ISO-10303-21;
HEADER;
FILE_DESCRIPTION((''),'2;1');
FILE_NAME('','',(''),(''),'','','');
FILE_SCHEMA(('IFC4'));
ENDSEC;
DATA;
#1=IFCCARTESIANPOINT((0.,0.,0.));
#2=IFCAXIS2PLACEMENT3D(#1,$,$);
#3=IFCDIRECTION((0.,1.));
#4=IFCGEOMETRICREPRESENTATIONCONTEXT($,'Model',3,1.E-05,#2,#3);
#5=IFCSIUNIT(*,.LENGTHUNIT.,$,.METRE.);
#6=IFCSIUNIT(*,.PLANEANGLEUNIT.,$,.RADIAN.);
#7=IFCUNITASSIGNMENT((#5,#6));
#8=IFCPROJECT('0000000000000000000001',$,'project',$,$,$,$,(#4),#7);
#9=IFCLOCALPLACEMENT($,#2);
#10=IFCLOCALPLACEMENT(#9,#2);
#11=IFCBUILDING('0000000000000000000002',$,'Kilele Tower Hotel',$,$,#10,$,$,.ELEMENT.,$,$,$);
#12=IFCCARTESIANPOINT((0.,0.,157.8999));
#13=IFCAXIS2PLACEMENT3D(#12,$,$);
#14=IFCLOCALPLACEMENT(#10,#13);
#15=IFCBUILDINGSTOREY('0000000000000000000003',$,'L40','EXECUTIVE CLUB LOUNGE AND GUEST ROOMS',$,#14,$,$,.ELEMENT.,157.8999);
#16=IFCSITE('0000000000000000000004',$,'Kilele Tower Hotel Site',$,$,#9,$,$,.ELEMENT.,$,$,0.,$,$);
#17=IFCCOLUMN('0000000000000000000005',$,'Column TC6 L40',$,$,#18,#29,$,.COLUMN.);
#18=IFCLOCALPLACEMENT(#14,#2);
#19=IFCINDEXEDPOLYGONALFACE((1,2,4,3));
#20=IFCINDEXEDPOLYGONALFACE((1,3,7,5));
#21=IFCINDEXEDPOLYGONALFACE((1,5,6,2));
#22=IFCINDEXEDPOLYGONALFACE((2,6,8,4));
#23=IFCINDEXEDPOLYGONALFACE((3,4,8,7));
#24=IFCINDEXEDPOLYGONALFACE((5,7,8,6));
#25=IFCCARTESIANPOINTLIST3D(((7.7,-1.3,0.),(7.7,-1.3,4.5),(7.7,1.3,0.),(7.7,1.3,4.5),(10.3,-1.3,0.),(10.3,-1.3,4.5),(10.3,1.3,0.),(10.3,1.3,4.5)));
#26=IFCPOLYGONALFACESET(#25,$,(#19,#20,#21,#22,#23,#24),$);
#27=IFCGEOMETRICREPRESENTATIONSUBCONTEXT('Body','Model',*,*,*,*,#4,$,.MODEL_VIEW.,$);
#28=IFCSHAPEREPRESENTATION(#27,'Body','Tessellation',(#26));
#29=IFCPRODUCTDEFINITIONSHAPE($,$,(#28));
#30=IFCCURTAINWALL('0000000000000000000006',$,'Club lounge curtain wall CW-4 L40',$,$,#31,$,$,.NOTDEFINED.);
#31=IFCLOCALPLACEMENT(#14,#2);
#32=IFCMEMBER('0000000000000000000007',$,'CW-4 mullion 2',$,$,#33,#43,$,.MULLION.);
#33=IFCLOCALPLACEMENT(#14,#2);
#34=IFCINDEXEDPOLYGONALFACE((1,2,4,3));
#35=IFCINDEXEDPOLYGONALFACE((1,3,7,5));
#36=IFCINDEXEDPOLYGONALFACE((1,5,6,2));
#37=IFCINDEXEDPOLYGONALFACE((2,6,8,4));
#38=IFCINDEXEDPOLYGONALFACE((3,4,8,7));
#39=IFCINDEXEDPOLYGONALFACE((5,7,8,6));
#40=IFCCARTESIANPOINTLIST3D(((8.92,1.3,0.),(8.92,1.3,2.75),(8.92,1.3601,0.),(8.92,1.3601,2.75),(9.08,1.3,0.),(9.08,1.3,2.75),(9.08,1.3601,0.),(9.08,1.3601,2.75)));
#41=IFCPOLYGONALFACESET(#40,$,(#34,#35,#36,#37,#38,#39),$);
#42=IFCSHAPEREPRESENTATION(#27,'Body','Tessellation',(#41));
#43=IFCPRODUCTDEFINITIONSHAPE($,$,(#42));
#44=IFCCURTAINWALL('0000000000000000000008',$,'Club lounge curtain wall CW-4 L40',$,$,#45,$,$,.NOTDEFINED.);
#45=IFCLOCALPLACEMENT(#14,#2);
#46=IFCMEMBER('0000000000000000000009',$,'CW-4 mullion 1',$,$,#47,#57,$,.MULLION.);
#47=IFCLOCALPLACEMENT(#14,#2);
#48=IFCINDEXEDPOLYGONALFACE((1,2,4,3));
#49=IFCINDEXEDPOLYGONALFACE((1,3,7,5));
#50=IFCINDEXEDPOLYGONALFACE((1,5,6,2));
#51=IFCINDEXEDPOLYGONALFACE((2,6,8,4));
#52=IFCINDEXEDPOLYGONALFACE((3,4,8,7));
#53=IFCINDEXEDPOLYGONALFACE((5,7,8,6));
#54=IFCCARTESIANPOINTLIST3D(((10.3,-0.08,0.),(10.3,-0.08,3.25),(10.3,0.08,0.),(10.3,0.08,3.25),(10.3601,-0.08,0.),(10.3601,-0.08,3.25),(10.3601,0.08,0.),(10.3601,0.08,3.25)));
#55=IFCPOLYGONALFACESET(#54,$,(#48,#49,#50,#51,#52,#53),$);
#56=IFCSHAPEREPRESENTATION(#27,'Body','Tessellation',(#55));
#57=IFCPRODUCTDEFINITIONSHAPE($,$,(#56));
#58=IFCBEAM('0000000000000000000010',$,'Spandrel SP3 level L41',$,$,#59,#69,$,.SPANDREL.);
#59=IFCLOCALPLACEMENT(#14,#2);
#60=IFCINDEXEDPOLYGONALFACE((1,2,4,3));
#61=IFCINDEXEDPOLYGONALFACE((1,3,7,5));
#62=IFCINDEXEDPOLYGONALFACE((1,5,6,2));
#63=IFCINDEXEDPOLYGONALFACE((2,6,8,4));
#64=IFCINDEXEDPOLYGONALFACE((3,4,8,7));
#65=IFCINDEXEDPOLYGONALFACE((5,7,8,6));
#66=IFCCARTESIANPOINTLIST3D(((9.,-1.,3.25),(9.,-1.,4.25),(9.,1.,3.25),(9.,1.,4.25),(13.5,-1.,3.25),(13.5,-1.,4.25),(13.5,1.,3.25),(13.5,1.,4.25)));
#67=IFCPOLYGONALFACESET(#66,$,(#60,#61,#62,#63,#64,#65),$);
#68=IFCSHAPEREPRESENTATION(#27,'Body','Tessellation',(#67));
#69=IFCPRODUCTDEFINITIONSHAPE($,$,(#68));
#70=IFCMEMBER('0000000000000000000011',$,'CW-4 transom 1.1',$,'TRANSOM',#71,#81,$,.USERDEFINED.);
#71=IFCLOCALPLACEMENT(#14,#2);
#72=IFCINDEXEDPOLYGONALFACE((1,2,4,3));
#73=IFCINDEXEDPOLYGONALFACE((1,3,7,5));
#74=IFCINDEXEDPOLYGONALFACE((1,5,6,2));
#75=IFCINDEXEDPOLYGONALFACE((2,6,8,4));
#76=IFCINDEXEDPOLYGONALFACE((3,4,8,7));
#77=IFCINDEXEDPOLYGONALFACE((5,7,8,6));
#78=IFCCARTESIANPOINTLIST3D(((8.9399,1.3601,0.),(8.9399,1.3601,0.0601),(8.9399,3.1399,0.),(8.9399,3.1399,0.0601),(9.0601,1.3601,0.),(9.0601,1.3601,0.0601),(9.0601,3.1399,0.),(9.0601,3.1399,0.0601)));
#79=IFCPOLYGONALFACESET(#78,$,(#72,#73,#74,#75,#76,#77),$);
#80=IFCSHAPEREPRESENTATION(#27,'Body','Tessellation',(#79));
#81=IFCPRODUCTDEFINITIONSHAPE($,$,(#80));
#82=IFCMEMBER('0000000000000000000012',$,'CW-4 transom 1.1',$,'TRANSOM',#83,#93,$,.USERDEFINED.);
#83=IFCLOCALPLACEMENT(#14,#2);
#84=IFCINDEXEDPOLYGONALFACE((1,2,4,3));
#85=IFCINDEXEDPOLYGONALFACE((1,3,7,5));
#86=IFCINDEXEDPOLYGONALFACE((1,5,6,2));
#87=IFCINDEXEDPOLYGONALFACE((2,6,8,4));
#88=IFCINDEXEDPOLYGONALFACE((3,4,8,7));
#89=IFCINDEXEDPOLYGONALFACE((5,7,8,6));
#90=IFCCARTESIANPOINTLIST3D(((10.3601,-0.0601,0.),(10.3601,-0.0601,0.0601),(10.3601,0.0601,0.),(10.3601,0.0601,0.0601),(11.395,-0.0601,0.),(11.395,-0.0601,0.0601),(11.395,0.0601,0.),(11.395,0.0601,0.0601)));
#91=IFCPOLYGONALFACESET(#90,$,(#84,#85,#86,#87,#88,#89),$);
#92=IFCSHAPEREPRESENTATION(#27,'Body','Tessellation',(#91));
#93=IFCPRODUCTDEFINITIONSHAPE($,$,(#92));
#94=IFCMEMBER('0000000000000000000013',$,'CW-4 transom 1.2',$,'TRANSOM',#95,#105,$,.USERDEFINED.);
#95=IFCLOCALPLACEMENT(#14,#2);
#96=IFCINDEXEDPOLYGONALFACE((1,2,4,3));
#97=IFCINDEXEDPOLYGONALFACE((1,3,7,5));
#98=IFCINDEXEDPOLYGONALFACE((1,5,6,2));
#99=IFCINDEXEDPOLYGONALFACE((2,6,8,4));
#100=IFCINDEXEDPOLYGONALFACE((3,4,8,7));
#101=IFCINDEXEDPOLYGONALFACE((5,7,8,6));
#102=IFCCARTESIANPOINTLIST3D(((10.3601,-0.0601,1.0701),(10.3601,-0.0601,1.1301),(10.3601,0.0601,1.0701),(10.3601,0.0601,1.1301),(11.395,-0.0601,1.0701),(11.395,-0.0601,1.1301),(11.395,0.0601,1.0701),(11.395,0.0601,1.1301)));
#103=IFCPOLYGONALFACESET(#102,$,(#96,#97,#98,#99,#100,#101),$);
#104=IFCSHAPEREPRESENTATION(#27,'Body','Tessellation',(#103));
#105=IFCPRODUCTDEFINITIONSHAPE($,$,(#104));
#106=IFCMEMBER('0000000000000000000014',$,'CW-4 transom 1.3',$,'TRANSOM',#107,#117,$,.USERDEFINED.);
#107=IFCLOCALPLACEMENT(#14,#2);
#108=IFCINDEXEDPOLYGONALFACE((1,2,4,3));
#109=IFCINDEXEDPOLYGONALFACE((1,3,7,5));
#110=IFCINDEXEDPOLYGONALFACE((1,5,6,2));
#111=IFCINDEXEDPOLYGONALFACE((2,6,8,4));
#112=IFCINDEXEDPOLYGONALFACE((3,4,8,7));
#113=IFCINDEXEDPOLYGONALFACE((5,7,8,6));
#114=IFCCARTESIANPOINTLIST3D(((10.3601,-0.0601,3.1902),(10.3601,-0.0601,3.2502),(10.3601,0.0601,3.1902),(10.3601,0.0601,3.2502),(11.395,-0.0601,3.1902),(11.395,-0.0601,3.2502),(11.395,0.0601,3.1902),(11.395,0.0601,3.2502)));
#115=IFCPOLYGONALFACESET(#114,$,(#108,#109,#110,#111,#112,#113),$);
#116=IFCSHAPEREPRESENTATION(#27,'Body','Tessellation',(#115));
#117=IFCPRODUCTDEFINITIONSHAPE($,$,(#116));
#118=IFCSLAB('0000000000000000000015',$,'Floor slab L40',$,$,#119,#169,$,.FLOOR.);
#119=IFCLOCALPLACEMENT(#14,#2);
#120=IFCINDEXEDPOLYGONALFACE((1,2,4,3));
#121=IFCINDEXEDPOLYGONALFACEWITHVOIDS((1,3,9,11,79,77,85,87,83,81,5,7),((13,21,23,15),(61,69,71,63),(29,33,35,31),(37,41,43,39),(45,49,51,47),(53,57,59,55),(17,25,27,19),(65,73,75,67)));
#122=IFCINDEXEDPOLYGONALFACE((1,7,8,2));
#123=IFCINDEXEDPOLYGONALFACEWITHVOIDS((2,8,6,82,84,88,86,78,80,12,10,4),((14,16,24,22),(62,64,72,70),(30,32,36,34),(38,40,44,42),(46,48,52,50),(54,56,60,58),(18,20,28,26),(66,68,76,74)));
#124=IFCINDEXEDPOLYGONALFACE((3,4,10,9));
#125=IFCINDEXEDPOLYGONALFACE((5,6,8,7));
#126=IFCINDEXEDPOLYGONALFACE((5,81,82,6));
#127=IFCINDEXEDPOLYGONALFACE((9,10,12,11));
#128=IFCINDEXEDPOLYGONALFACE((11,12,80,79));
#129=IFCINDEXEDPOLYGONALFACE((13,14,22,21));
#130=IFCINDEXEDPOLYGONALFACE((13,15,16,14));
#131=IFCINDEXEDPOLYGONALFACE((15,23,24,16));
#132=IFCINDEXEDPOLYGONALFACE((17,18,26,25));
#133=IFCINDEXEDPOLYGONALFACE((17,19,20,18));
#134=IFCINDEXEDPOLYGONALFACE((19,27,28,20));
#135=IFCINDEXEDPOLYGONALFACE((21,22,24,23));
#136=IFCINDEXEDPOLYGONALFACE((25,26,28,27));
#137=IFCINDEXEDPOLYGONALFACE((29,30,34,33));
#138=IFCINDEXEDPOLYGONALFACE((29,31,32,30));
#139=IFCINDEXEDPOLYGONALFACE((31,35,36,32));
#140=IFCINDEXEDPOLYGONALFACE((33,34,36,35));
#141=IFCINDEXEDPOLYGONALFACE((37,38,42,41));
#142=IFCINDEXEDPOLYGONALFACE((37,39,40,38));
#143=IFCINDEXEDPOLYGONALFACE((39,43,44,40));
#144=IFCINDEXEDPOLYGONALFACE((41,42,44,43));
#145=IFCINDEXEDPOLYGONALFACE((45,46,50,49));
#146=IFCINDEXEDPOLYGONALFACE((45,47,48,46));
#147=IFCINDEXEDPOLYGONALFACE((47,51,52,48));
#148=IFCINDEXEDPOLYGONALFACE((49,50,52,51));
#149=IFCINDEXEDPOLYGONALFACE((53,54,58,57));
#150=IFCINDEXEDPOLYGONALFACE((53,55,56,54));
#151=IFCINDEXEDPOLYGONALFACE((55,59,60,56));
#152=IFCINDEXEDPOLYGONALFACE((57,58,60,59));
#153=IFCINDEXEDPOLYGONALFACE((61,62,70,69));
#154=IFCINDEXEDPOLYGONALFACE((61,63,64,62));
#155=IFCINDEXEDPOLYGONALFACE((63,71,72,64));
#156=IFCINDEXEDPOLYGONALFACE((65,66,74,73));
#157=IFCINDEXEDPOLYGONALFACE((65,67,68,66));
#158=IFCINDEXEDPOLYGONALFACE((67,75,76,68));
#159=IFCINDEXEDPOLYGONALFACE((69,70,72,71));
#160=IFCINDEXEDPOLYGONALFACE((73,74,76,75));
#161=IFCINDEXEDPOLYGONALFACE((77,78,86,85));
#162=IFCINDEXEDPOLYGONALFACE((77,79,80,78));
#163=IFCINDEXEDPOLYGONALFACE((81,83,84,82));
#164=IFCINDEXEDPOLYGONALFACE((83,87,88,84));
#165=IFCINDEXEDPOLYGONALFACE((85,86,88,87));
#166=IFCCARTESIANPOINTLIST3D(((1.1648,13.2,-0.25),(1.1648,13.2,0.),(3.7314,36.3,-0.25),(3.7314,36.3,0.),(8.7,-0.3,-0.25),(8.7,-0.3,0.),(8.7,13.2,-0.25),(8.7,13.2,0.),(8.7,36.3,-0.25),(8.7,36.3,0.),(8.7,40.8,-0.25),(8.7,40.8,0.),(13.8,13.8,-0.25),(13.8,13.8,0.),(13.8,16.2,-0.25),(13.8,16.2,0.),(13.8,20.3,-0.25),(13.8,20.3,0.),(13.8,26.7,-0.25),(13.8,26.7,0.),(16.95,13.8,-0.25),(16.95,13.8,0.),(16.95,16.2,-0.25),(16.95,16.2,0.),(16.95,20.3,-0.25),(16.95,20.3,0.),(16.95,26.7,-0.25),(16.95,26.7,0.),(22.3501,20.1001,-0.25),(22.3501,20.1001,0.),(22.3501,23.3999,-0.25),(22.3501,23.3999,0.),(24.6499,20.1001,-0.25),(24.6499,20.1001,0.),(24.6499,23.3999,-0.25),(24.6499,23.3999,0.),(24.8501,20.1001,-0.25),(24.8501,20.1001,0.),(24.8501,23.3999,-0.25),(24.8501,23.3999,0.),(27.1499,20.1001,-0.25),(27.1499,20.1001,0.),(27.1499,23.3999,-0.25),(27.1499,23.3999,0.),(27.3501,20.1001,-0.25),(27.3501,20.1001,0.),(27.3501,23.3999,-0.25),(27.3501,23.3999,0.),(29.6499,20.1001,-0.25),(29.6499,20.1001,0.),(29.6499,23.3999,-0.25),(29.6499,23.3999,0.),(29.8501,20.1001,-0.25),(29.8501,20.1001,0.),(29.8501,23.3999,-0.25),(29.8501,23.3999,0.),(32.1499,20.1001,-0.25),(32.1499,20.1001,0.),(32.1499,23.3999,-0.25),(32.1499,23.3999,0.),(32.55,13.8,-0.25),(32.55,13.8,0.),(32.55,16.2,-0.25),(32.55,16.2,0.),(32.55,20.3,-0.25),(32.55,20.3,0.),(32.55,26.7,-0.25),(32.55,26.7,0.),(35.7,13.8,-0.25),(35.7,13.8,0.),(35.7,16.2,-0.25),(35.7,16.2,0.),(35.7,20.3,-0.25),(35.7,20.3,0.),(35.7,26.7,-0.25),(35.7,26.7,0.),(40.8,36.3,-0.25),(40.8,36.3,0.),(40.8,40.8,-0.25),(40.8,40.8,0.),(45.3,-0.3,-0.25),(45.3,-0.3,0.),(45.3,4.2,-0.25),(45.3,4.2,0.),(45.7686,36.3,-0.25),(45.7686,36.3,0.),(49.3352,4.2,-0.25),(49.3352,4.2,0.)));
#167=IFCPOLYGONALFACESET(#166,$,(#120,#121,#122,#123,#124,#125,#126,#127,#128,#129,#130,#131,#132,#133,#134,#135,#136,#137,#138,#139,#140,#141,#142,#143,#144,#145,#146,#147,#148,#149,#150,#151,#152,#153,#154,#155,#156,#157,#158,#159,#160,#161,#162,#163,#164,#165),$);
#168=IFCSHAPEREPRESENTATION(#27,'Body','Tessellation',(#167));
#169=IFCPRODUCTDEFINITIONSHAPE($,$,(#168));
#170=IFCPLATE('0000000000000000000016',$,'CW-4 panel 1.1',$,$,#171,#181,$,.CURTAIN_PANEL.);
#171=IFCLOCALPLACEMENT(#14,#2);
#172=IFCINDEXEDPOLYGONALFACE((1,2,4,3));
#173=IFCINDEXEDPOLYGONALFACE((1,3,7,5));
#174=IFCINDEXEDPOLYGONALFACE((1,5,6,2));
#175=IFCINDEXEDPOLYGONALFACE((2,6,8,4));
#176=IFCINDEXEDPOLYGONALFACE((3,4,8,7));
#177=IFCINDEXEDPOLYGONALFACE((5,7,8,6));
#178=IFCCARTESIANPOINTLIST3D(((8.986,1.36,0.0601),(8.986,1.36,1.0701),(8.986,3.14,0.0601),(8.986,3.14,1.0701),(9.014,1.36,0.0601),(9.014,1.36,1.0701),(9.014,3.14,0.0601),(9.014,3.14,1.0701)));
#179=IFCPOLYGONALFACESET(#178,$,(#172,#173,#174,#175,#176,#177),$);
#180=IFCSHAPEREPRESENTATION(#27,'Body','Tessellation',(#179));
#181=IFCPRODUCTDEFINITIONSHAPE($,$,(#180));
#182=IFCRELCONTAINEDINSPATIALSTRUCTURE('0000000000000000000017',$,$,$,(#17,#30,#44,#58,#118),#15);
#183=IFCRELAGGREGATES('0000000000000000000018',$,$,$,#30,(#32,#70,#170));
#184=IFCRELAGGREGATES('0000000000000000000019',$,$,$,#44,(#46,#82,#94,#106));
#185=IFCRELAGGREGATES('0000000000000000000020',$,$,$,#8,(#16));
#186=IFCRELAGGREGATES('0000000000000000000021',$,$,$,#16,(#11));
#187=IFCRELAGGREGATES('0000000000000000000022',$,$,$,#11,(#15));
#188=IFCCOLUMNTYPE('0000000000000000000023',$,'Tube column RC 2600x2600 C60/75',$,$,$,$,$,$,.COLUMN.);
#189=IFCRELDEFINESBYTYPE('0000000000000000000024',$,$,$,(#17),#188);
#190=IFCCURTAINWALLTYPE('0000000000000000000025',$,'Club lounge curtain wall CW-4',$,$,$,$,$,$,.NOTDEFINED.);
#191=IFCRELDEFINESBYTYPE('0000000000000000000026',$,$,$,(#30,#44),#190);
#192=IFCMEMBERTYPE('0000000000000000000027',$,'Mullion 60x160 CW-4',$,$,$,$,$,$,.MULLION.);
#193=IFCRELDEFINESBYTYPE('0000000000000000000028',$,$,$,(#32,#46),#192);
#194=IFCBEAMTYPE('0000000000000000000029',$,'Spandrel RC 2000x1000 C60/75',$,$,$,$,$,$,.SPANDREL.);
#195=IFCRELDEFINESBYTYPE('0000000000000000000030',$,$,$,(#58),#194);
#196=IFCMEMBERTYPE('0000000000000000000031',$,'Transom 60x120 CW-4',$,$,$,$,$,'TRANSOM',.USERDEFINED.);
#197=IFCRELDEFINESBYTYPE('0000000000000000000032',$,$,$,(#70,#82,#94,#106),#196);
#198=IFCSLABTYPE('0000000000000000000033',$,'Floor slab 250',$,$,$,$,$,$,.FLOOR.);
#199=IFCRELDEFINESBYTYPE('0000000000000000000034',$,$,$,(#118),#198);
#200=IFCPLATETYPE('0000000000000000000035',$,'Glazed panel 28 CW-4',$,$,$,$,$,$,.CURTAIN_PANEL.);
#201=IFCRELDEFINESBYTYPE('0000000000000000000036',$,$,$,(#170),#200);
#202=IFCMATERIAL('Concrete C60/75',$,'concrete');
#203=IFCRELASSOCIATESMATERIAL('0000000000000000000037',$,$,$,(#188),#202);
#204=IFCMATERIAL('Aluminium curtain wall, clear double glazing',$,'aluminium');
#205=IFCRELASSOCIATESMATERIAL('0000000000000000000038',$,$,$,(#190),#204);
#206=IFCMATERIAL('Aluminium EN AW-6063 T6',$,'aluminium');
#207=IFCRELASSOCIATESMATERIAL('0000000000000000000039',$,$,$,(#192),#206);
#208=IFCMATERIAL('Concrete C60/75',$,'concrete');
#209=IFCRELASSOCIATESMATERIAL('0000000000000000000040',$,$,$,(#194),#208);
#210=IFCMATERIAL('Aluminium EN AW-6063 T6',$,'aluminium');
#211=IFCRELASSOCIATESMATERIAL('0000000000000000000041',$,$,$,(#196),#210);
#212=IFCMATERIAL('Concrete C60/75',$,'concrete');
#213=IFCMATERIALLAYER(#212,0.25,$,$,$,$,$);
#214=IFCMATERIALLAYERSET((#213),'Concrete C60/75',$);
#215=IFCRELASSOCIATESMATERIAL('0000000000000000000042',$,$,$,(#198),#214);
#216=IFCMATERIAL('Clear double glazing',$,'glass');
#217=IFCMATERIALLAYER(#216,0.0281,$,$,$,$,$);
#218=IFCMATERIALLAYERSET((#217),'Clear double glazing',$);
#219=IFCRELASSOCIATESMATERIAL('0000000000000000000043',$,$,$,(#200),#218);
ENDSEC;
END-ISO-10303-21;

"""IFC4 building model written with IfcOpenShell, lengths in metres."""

from ifc_helpers import new_model, si_unit, direction, frame, origin, origin_2d, place, context, subcontext, project, spatial, polyline, rectangle, outline, extrude, material, layer, layer_set, material_profile, profile_set, type_object, element, aggregate, save


model = new_model("IFC4")

# Units and contexts
model_context = context("Model", 3, precision=1e-05, world=origin(), true_north=direction((0.0, 1.0)))
body_context = subcontext(model_context, "Body", "Model", "MODEL_VIEW")
ifc_project = project(units=[si_unit("LENGTHUNIT", "METRE"), si_unit("PLANEANGLEUNIT", "RADIAN")], contexts=[model_context])

# Site, building, storey
site_placement = place(None, origin())
site = spatial("IfcSite", under=ifc_project, at=site_placement, Name="Kilele Tower Hotel Site", CompositionType="ELEMENT", RefElevation=0.0)
building_placement = place(site_placement, origin())
building = spatial("IfcBuilding", under=site, at=building_placement, Name="Kilele Tower Hotel", CompositionType="ELEMENT")
storey_placement = place(building_placement, frame((0.0, 0.0, 157.8999)))
storey = spatial("IfcBuildingStorey", under=building, at=storey_placement, Name="L40", Description="EXECUTIVE CLUB LOUNGE AND GUEST ROOMS", CompositionType="ELEMENT", Elevation=157.8999)

# Column
ifc_material_1 = material(Name="Concrete C60/75", Category="concrete")
ifc_material_profile_1 = material_profile(ifc_material_1, rectangle(XDim=2.6001, YDim=2.6001, at=origin_2d()))
ifc_profile_set_1 = profile_set([ifc_material_profile_1], Name="Concrete C60/75")
column_type = type_object("IfcColumnType", Name="Tube column RC 2600x2600 C60/75", PredefinedType="COLUMN", material=ifc_profile_set_1)
column_placement = place(storey_placement, frame((9.0, 0.0, 0.0), z_axis=(0.0, 0.0, 1.0), x_axis=(1.0, 0.0, 0.0)))
element("IfcColumn", 1, at=column_placement, inside=storey, type_object=column_type, Name="Column TC6 L40", PredefinedType="COLUMN", context=body_context, shape_type="SweptSolid", body=[
    extrude(rectangle(XDim=2.6001, YDim=2.6001, at=origin_2d()), origin(), (0.0, 0.0, 1.0), 4.5),
])

# Curtain walls, members
ifc_material_2 = material(Name="Aluminium curtain wall, clear double glazing", Category="aluminium")
curtain_wall_type = type_object("IfcCurtainWallType", Name="Club lounge curtain wall CW-4", PredefinedType="NOTDEFINED", material=ifc_material_2)
curtain_wall_1_placement = place(storey_placement, origin())
curtain_wall_1 = element("IfcCurtainWall", 2, at=curtain_wall_1_placement, inside=storey, type_object=curtain_wall_type, Name="Club lounge curtain wall CW-4 L40", PredefinedType="NOTDEFINED")
ifc_material_3 = material(Name="Aluminium EN AW-6063 T6", Category="aluminium")
ifc_material_profile_2 = material_profile(ifc_material_3, rectangle(XDim=0.1599, YDim=0.0601, at=origin_2d()))
ifc_profile_set_2 = profile_set([ifc_material_profile_2], Name="Aluminium EN AW-6063 T6")
member_type_1 = type_object("IfcMemberType", Name="Mullion 60x160 CW-4", PredefinedType="MULLION", material=ifc_profile_set_2)
member_1_placement = place(storey_placement, frame((9.0, 1.3301, 0.0), z_axis=(0.0, 0.0, 1.0), x_axis=(1.0, 0.0, 0.0)))
member_1 = element("IfcMember", 3, at=member_1_placement, type_object=member_type_1, Name="CW-4 mullion 2", PredefinedType="MULLION", context=body_context, shape_type="SweptSolid", body=[
    extrude(rectangle(XDim=0.1599, YDim=0.0601, at=origin_2d()), origin(), (0.0, 0.0, 1.0), 2.75),
])
curtain_wall_2_placement = place(storey_placement, origin())
curtain_wall_2 = element("IfcCurtainWall", 4, at=curtain_wall_2_placement, inside=storey, type_object=curtain_wall_type, Name="Club lounge curtain wall CW-4 L40", PredefinedType="NOTDEFINED")
member_2_placement = place(storey_placement, frame((10.3301, 0.0, 0.0), z_axis=(0.0, 0.0, 1.0), x_axis=(0.0, 1.0, 0.0)))
member_2 = element("IfcMember", 5, at=member_2_placement, type_object=member_type_1, Name="CW-4 mullion 1", PredefinedType="MULLION", context=body_context, shape_type="SweptSolid", body=[
    extrude(rectangle(XDim=0.1599, YDim=0.0601, at=origin_2d()), origin(), (0.0, 0.0, 1.0), 3.25),
])

# Beam
ifc_material_4 = material(Name="Concrete C60/75", Category="concrete")
ifc_material_profile_3 = material_profile(ifc_material_4, rectangle(XDim=2.0, YDim=1.0, at=origin_2d()))
ifc_profile_set_3 = profile_set([ifc_material_profile_3], Name="Concrete C60/75")
beam_type = type_object("IfcBeamType", Name="Spandrel RC 2000x1000 C60/75", PredefinedType="SPANDREL", material=ifc_profile_set_3)
beam_placement = place(storey_placement, frame((9.0, 0.0, 3.75), z_axis=(1.0, 0.0, 0.0), x_axis=(0.0, 1.0, 0.0)))
element("IfcBeam", 6, at=beam_placement, inside=storey, type_object=beam_type, Name="Spandrel SP3 level L41", PredefinedType="SPANDREL", context=body_context, shape_type="SweptSolid", body=[
    extrude(rectangle(XDim=2.0, YDim=1.0, at=origin_2d()), origin(), (0.0, 0.0, 1.0), 4.5),
])

# Members
ifc_material_5 = material(Name="Aluminium EN AW-6063 T6", Category="aluminium")
ifc_material_profile_4 = material_profile(ifc_material_5, rectangle(XDim=0.1201, YDim=0.0601, at=origin_2d()))
ifc_profile_set_4 = profile_set([ifc_material_profile_4], Name="Aluminium EN AW-6063 T6")
member_type_2 = type_object("IfcMemberType", Name="Transom 60x120 CW-4", ElementType="TRANSOM", PredefinedType="USERDEFINED", material=ifc_profile_set_4)
member_3_placement = place(storey_placement, frame((9.0, 3.1399, 0.03), z_axis=(0.0, -1.0, 0.0), x_axis=(1.0, 0.0, 0.0)))
member_3 = element("IfcMember", 7, at=member_3_placement, type_object=member_type_2, Name="CW-4 transom 1.1", ObjectType="TRANSOM", PredefinedType="USERDEFINED", context=body_context, shape_type="SweptSolid", body=[
    extrude(rectangle(XDim=0.1201, YDim=0.0601, at=origin_2d()), origin(), (0.0, 0.0, 1.0), 1.7798),
])
member_4_placement = place(storey_placement, frame((10.3601, 0.0, 0.03), z_axis=(1.0, 0.0, 0.0), x_axis=(0.0, 1.0, 0.0)))
member_4 = element("IfcMember", 8, at=member_4_placement, type_object=member_type_2, Name="CW-4 transom 1.1", ObjectType="TRANSOM", PredefinedType="USERDEFINED", context=body_context, shape_type="SweptSolid", body=[
    extrude(rectangle(XDim=0.1201, YDim=0.0601, at=origin_2d()), origin(), (0.0, 0.0, 1.0), 1.0349),
])
member_5_placement = place(storey_placement, frame((10.3601, 0.0, 1.1001), z_axis=(1.0, 0.0, 0.0), x_axis=(0.0, 1.0, 0.0)))
member_5 = element("IfcMember", 9, at=member_5_placement, type_object=member_type_2, Name="CW-4 transom 1.2", ObjectType="TRANSOM", PredefinedType="USERDEFINED", context=body_context, shape_type="SweptSolid", body=[
    extrude(rectangle(XDim=0.1201, YDim=0.0601, at=origin_2d()), origin(), (0.0, 0.0, 1.0), 1.0349),
])
member_6_placement = place(storey_placement, frame((10.3601, 0.0, 3.2202), z_axis=(1.0, 0.0, 0.0), x_axis=(0.0, 1.0, 0.0)))
member_6 = element("IfcMember", 10, at=member_6_placement, type_object=member_type_2, Name="CW-4 transom 1.3", ObjectType="TRANSOM", PredefinedType="USERDEFINED", context=body_context, shape_type="SweptSolid", body=[
    extrude(rectangle(XDim=0.1201, YDim=0.0601, at=origin_2d()), origin(), (0.0, 0.0, 1.0), 1.0349),
])

# Slab
ifc_material_6 = material(Name="Concrete C60/75", Category="concrete")
ifc_layer_1 = layer(ifc_material_6, 0.25)
ifc_layer_set_1 = layer_set([ifc_layer_1], Name="Concrete C60/75")
slab_type_1 = type_object("IfcSlabType", Name="Floor slab 250", PredefinedType="FLOOR", material=ifc_layer_set_1)
slab_1_placement = place(storey_placement, frame((0.0, 0.0, -0.25)))
element("IfcSlab", 11, at=slab_1_placement, inside=storey, type_object=slab_type_1, Name="Floor slab L40", PredefinedType="FLOOR", context=body_context, shape_type="SweptSolid", body=[
    extrude(outline(polyline([(8.7, 36.3), (8.7, 40.8), (40.8, 40.8), (40.8, 36.3), (45.7686, 36.3), (49.3352, 4.2), (45.3, 4.2), (45.3, -0.3), (8.7, -0.3), (8.7, 13.2), (1.1648, 13.2), (3.7314, 36.3), (8.7, 36.3)]), holes=[polyline([(16.95, 16.2), (13.8, 16.2), (13.8, 13.8), (16.95, 13.8), (16.95, 16.2)]), polyline([(35.7, 16.2), (32.55, 16.2), (32.55, 13.8), (35.7, 13.8), (35.7, 16.2)]), polyline([(24.6499, 23.3999), (22.3501, 23.3999), (22.3501, 20.1001), (24.6499, 20.1001), (24.6499, 23.3999)]), polyline([(27.1499, 23.3999), (24.8501, 23.3999), (24.8501, 20.1001), (27.1499, 20.1001), (27.1499, 23.3999)]), polyline([(29.6499, 23.3999), (27.3501, 23.3999), (27.3501, 20.1001), (29.6499, 20.1001), (29.6499, 23.3999)]), polyline([(32.1499, 23.3999), (29.8501, 23.3999), (29.8501, 20.1001), (32.1499, 20.1001), (32.1499, 23.3999)]), polyline([(16.95, 26.7), (13.8, 26.7), (13.8, 20.3), (16.95, 20.3), (16.95, 26.7)]), polyline([(35.7, 26.7), (32.55, 26.7), (32.55, 20.3), (35.7, 20.3), (35.7, 26.7)])]), origin(), (0.0, 0.0, 1.0), 0.25),
])

# Plate
ifc_material_7 = material(Name="Clear double glazing", Category="glass")
ifc_layer_2 = layer(ifc_material_7, 0.0281)
ifc_layer_set_2 = layer_set([ifc_layer_2], Name="Clear double glazing")
plate_type = type_object("IfcPlateType", Name="Glazed panel 28 CW-4", PredefinedType="CURTAIN_PANEL", material=ifc_layer_set_2)
plate_1_placement = place(storey_placement, frame((9.0, 2.25, 0.0601), z_axis=(0.0, 0.0, 1.0), x_axis=(0.0, -1.0, 0.0)))
plate_1 = element("IfcPlate", 12, at=plate_1_placement, type_object=plate_type, Name="CW-4 panel 1.1", PredefinedType="CURTAIN_PANEL", context=body_context, shape_type="SweptSolid", body=[
    extrude(rectangle(XDim=1.78, YDim=0.0281, at=origin_2d()), origin(), (0.0, 0.0, 1.0), 1.01),
])
aggregate(curtain_wall_1, [member_1, member_3, plate_1])
aggregate(curtain_wall_2, [member_2, member_4, member_5, member_6])

save(model, "model.ifc")
